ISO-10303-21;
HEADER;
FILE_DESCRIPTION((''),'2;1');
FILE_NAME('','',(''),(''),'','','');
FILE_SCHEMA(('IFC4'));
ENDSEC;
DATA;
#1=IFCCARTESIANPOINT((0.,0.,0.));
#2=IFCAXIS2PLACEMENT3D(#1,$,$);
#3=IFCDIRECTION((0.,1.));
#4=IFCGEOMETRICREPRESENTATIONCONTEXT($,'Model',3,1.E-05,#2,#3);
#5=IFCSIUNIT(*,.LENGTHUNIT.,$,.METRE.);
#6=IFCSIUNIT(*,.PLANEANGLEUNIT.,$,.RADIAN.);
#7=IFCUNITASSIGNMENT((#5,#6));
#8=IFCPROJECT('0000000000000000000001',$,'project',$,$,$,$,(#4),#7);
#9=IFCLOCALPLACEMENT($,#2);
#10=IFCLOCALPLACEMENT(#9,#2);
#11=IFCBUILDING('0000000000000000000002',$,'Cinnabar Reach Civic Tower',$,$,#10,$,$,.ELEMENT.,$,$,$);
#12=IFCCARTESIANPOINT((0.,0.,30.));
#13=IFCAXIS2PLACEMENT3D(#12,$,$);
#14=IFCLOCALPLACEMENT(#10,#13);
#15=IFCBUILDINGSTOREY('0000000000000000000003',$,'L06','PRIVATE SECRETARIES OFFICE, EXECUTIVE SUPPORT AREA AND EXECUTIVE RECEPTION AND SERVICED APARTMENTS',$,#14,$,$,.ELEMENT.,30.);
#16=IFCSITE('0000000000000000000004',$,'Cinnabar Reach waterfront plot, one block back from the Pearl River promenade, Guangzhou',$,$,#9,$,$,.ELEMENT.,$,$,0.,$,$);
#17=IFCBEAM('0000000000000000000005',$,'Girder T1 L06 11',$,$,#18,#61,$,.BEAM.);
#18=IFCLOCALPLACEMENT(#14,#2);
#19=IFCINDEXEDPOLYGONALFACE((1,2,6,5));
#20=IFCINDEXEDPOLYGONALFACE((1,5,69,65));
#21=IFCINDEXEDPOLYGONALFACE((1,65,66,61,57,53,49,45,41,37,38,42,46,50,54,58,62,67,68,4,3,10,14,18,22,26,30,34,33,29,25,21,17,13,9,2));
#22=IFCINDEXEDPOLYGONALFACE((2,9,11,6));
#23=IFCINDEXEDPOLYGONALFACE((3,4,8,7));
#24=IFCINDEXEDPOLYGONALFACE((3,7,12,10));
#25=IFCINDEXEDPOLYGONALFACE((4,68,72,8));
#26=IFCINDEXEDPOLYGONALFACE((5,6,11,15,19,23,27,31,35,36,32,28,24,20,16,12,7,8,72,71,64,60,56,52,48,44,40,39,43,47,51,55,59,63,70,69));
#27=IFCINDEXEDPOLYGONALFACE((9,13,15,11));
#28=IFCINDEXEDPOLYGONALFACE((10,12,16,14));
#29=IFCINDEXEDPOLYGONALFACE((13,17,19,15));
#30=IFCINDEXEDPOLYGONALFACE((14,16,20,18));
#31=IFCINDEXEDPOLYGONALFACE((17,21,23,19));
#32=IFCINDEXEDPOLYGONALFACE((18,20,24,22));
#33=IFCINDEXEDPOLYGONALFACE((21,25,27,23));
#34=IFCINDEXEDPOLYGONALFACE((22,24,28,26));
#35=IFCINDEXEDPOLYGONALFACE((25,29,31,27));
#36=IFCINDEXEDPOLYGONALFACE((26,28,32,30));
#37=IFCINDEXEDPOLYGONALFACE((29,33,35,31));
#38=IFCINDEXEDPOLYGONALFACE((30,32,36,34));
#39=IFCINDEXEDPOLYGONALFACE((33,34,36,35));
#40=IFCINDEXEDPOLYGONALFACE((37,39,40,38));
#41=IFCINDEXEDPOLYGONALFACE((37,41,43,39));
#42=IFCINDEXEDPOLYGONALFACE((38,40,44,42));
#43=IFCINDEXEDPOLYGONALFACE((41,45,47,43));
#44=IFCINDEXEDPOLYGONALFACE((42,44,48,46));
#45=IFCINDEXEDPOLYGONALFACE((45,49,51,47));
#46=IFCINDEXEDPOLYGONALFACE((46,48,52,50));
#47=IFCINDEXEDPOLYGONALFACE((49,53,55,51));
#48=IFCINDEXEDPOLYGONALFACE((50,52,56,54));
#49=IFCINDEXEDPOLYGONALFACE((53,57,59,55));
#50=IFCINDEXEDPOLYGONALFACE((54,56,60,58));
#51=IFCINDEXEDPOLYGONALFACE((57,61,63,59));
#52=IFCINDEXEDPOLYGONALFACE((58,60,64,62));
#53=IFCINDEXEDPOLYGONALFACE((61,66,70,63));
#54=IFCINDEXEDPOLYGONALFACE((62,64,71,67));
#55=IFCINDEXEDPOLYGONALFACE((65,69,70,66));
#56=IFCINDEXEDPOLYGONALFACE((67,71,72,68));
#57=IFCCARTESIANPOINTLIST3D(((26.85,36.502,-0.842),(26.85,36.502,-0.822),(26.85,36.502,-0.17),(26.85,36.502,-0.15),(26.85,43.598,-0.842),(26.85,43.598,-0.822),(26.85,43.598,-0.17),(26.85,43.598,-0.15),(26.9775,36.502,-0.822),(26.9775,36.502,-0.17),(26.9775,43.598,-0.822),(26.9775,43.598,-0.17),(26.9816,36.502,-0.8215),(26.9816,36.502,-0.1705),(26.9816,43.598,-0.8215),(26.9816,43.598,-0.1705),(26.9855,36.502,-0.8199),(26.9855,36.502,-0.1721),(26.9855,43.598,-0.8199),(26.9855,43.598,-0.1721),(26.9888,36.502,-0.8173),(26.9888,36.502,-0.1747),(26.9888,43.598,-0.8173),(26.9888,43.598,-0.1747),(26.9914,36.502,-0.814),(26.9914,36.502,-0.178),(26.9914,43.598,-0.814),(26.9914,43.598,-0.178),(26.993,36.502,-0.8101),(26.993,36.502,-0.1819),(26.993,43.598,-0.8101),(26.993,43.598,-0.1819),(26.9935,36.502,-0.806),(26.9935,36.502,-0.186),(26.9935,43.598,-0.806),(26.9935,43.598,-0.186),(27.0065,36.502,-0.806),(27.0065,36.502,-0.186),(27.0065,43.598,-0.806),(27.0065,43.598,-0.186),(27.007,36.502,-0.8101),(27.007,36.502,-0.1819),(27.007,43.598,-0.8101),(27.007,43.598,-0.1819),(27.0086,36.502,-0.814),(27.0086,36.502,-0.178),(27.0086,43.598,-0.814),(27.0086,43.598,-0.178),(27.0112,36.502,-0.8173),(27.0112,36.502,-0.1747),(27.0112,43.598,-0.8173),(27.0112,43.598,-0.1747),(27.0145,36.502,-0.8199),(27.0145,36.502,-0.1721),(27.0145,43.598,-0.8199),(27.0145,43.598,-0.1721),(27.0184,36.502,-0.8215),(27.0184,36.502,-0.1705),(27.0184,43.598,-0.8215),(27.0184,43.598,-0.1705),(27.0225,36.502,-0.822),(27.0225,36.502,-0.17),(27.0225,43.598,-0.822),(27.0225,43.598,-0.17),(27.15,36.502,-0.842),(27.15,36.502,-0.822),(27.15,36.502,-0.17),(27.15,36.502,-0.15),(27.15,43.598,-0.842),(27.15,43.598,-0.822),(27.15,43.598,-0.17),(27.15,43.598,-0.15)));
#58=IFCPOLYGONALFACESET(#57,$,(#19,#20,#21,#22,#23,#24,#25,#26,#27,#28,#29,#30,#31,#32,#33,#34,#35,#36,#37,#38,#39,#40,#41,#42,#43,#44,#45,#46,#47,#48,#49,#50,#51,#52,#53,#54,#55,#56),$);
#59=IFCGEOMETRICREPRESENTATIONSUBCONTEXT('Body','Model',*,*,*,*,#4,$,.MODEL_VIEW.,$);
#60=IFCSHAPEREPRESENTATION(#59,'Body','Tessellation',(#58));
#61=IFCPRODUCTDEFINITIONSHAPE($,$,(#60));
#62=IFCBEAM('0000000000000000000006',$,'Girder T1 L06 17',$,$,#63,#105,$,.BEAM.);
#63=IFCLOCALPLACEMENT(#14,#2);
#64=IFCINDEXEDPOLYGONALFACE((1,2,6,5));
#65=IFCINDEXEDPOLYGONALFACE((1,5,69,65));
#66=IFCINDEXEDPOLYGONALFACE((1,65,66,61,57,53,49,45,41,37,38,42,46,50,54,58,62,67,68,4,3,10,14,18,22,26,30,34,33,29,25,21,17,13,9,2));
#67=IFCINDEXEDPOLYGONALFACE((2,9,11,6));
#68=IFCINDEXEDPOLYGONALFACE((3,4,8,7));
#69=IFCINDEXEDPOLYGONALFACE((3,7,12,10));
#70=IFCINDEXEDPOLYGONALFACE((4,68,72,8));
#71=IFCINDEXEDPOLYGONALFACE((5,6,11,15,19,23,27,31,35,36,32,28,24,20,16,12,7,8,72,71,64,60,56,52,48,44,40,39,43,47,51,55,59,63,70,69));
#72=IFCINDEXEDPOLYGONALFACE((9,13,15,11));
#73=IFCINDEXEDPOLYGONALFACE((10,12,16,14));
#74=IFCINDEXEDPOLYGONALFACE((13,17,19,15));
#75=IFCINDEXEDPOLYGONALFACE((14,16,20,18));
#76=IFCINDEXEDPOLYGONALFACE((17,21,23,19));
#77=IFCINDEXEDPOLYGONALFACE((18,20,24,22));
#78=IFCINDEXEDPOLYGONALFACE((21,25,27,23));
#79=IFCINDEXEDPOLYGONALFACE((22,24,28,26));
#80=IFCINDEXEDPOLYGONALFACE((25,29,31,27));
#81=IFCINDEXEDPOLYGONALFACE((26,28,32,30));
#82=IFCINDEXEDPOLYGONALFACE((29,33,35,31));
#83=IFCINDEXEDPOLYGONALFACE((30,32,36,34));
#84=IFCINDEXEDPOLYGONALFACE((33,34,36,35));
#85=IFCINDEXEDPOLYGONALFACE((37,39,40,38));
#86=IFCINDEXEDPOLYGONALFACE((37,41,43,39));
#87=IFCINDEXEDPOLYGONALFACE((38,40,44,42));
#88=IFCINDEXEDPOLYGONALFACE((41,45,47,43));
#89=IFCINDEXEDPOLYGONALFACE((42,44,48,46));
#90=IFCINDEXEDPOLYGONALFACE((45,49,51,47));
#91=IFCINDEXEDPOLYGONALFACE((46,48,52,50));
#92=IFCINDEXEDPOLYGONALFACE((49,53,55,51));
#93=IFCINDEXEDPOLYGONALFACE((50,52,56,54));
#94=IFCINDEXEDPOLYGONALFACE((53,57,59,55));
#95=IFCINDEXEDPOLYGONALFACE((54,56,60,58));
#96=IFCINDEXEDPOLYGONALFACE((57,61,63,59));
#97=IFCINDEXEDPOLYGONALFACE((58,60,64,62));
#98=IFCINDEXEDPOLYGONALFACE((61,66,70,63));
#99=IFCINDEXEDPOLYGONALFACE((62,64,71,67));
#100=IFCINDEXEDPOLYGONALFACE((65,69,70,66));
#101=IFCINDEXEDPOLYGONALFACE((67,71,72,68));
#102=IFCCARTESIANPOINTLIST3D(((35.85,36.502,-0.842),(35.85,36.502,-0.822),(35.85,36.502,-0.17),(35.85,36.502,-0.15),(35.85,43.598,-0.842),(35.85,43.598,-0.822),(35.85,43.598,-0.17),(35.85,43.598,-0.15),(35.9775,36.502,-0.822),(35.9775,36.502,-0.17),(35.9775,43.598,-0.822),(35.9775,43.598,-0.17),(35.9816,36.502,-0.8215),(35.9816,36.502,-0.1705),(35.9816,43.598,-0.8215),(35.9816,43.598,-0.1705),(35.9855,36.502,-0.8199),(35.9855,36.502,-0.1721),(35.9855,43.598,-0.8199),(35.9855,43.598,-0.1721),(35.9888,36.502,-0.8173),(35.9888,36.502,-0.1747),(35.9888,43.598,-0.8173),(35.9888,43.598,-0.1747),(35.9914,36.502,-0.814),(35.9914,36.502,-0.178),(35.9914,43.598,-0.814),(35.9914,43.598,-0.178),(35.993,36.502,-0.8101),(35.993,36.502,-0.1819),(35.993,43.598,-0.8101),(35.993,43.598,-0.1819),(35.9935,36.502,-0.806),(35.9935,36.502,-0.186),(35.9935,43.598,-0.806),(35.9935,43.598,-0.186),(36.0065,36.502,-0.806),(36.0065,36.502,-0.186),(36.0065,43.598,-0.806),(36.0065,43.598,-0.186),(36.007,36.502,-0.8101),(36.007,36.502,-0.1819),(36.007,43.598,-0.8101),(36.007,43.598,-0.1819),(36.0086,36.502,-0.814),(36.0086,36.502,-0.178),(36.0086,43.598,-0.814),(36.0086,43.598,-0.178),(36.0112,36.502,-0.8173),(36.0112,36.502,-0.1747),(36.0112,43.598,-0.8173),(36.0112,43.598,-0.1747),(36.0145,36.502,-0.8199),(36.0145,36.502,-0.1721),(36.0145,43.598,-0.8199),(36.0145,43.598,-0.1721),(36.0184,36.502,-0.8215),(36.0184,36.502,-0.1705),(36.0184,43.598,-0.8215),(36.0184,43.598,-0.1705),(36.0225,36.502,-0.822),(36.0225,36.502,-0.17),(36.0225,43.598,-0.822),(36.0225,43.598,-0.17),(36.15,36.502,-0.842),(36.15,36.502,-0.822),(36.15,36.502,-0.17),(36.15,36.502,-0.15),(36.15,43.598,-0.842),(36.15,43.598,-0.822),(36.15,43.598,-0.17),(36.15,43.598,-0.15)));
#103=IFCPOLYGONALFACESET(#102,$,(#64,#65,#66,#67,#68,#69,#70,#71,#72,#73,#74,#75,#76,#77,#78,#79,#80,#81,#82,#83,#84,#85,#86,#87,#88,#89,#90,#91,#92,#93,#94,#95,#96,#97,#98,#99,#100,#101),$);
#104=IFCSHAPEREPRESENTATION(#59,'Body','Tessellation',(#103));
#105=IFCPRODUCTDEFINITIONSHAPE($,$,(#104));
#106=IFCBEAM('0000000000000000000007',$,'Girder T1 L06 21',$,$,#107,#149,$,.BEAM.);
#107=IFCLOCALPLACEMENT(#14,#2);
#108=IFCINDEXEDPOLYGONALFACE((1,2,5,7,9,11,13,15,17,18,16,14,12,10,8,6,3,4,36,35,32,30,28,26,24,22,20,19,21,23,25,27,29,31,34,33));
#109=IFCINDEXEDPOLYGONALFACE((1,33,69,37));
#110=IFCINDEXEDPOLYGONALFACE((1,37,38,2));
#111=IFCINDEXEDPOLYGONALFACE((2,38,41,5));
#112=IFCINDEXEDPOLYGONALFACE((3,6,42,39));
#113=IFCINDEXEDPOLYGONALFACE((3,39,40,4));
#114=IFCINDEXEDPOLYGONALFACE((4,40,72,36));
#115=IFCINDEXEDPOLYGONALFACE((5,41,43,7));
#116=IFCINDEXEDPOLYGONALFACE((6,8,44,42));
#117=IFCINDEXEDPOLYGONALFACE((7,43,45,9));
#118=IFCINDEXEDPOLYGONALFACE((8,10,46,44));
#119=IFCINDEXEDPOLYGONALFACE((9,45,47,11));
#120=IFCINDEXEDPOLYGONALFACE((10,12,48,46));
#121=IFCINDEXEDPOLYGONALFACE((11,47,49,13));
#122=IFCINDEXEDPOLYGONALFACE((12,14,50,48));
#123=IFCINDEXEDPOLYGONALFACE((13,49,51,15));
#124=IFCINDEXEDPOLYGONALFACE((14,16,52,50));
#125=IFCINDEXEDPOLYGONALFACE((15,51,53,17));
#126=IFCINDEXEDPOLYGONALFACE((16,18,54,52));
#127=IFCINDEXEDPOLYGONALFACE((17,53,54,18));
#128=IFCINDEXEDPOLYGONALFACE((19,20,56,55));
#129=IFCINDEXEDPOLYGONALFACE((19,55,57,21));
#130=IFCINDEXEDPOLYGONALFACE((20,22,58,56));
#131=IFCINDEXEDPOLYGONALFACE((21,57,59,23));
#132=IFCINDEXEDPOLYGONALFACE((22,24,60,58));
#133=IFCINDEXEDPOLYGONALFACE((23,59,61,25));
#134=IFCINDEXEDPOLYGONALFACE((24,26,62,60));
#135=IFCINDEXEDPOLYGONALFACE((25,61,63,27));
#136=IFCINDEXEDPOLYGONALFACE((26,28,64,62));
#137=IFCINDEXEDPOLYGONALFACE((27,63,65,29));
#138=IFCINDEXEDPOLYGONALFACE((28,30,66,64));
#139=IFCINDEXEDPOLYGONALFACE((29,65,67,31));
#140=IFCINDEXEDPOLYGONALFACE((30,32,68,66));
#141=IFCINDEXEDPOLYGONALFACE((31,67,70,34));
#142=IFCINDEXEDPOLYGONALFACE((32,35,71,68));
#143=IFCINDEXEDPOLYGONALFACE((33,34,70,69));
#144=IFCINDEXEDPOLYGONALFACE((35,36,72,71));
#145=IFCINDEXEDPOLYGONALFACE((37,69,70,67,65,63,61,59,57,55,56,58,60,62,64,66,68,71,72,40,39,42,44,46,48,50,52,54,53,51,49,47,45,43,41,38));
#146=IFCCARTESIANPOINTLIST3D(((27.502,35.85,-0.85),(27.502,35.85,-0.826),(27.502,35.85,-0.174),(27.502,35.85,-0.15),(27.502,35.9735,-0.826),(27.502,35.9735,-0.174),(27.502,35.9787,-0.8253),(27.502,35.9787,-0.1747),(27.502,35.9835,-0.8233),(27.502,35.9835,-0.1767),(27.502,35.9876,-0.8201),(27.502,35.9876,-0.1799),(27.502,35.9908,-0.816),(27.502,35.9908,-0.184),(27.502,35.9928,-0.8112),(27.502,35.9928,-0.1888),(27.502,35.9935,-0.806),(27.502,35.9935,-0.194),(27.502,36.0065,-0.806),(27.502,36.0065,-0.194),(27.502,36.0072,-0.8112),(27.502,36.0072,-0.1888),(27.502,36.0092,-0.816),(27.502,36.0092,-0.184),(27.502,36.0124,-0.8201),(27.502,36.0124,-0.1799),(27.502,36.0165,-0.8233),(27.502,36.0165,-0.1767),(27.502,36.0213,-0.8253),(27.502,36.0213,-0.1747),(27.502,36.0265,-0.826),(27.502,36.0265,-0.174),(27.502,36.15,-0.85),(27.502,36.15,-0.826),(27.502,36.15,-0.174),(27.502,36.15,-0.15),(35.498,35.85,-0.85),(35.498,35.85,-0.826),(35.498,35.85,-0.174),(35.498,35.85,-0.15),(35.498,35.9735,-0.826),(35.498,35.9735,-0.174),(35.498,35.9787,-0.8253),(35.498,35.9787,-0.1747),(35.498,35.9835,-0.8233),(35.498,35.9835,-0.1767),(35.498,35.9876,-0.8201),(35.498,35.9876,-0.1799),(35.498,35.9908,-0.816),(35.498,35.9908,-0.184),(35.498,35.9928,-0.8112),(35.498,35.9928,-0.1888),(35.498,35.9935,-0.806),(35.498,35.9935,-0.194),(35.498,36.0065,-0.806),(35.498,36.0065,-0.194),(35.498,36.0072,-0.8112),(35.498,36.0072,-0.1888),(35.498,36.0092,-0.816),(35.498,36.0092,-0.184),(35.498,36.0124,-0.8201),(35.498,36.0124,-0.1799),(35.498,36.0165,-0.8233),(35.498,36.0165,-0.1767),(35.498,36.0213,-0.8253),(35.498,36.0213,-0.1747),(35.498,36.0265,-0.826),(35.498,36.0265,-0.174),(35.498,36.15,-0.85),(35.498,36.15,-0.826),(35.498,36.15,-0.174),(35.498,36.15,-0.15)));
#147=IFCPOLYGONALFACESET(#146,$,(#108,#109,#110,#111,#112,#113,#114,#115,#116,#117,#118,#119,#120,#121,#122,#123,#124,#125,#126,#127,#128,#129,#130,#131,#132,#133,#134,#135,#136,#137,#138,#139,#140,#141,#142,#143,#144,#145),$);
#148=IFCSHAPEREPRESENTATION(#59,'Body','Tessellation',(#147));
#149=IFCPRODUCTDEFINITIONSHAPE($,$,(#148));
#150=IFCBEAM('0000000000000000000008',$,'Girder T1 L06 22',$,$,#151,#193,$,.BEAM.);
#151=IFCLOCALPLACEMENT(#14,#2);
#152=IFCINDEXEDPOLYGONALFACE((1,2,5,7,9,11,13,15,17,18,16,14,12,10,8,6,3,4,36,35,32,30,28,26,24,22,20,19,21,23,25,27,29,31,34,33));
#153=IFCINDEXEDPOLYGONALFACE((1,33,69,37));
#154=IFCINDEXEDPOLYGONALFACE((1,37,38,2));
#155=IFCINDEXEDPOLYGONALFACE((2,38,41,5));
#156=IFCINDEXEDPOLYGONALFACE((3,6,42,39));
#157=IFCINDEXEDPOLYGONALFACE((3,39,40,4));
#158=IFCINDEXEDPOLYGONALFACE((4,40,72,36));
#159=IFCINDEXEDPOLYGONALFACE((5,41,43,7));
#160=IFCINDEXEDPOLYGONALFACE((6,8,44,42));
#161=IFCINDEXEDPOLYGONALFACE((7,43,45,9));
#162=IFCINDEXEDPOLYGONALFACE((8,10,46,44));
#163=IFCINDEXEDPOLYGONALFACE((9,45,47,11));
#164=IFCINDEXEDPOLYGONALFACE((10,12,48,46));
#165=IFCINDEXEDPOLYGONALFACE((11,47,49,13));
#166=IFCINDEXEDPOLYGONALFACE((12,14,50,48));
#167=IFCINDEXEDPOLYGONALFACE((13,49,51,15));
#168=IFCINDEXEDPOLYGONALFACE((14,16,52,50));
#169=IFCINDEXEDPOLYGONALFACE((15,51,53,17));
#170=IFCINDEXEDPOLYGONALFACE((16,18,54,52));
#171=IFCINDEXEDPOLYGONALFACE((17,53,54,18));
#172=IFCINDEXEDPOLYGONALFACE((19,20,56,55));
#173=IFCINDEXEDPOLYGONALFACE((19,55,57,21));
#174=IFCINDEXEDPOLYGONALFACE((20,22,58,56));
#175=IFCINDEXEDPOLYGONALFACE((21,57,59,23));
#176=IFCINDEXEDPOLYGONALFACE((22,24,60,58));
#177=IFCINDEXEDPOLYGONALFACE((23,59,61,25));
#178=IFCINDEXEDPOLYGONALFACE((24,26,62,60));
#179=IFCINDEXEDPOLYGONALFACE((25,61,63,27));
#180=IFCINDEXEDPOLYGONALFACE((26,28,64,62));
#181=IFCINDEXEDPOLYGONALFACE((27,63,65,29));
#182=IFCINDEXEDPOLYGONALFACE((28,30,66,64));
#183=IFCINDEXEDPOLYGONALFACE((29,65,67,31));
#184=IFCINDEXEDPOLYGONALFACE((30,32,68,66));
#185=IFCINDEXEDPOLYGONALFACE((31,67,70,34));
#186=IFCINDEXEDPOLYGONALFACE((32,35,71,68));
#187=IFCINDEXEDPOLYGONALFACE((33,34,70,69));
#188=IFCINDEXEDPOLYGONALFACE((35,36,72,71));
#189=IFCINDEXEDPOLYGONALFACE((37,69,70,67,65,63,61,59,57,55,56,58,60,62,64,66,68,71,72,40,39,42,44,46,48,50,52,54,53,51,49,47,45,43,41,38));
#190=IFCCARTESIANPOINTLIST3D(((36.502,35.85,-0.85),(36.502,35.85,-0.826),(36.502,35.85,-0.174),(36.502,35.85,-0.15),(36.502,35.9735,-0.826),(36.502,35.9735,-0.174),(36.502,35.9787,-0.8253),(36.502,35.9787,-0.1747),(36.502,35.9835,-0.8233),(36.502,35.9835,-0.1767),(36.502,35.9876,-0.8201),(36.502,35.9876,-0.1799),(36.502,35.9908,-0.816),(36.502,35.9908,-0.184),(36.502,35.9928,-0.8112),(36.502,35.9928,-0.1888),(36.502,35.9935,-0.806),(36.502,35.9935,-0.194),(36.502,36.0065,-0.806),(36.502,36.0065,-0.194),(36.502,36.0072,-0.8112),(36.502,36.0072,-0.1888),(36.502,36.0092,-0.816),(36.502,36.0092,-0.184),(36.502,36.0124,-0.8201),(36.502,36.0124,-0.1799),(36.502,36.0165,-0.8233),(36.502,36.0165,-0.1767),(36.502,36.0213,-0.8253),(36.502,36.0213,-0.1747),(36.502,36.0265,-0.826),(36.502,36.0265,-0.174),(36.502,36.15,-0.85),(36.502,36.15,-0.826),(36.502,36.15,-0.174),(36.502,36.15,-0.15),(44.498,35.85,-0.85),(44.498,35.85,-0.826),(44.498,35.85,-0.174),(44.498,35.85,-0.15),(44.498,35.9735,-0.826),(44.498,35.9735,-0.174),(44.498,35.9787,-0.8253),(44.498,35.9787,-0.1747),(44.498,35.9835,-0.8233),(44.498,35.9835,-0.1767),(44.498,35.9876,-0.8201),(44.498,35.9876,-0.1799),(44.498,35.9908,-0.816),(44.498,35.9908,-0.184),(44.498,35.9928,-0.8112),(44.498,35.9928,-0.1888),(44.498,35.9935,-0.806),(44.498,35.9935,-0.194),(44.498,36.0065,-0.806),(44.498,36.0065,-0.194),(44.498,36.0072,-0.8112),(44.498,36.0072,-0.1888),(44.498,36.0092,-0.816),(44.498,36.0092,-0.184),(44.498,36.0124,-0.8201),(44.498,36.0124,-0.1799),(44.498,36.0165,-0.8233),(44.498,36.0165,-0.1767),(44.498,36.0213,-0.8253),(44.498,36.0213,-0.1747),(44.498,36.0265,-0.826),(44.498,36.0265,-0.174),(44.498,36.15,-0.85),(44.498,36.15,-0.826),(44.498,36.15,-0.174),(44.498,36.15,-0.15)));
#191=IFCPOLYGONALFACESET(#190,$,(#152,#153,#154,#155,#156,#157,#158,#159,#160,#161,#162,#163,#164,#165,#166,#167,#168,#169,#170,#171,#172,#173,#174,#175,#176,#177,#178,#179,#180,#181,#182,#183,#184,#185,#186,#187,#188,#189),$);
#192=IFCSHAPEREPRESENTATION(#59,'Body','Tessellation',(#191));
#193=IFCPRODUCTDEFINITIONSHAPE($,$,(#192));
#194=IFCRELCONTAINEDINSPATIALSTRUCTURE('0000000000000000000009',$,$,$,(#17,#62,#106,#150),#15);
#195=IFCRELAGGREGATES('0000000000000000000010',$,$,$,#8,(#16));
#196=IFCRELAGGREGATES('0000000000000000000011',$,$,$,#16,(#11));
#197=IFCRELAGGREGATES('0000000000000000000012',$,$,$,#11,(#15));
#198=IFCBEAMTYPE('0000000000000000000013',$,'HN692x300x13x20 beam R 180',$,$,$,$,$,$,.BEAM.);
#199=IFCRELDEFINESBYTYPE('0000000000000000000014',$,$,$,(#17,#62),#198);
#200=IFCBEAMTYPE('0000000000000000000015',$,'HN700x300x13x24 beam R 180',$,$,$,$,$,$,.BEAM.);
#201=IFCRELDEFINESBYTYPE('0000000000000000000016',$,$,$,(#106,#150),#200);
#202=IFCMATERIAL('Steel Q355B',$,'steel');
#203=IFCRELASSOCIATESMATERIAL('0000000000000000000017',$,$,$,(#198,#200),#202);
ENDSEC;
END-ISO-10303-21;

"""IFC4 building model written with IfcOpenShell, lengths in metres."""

from ifc_helpers import new_model, si_unit, direction, frame, origin, origin_2d, place, context, subcontext, project, spatial, i_section, extrude, material, material_profile, profile_set, type_object, element, save


model = new_model("IFC4")

# Units and contexts
model_context = context("Model", 3, precision=1e-05, world=origin(), true_north=direction((0.0, 1.0)))
body_context = subcontext(model_context, "Body", "Model", "MODEL_VIEW")
ifc_project = project(units=[si_unit("LENGTHUNIT", "METRE"), si_unit("PLANEANGLEUNIT", "RADIAN")], contexts=[model_context])

# Site, building, storey
site_placement = place(None, origin())
site = spatial("IfcSite", under=ifc_project, at=site_placement, Name="Cinnabar Reach waterfront plot, one block back from the Pearl River promenade, Guangzhou", CompositionType="ELEMENT", RefElevation=0.0)
building_placement = place(site_placement, origin())
building = spatial("IfcBuilding", under=site, at=building_placement, Name="Cinnabar Reach Civic Tower", CompositionType="ELEMENT")
storey_placement = place(building_placement, frame((0.0, 0.0, 30.0)))
storey = spatial("IfcBuildingStorey", under=building, at=storey_placement, Name="L06", Description="PRIVATE SECRETARIES OFFICE, EXECUTIVE SUPPORT AREA AND EXECUTIVE RECEPTION AND SERVICED APARTMENTS", CompositionType="ELEMENT", Elevation=30.0)

# Beams
ifc_material_1 = material(Name="Steel Q355B", Category="steel")
ifc_material_profile_1 = material_profile(ifc_material_1, i_section(OverallWidth=0.3, OverallDepth=0.692, WebThickness=0.013, FlangeThickness=0.02, FilletRadius=0.016, at=origin_2d()), Name="HN692x300x13x20")
ifc_profile_set_1 = profile_set([ifc_material_profile_1], Name="Steel Q355B")
beam_type_1 = type_object("IfcBeamType", Name="HN692x300x13x20 beam R 180", PredefinedType="BEAM", material=ifc_profile_set_1)
for number, where, z_axis, x_axis, name in (
    (1, (27.0, 36.502, -0.496), (0.0, 1.0, 0.0), (-1.0, 0.0, 0.0), "Girder T1 L06 11"),
    (2, (36.0, 36.502, -0.496), (0.0, 1.0, 0.0), (-1.0, 0.0, 0.0), "Girder T1 L06 17"),
):
    element("IfcBeam", number, at=place(storey_placement, frame(where, z_axis=z_axis, x_axis=x_axis)), inside=storey, type_object=beam_type_1, Name=name, PredefinedType="BEAM", context=body_context, shape_type="SweptSolid", body=[
        extrude(i_section(OverallWidth=0.3, OverallDepth=0.692, WebThickness=0.013, FlangeThickness=0.02, FilletRadius=0.016, at=origin_2d()), origin(), (0.0, 0.0, 1.0), 7.096),
    ])
ifc_material_profile_2 = material_profile(ifc_material_1, i_section(OverallWidth=0.3, OverallDepth=0.7, WebThickness=0.013, FlangeThickness=0.024, FilletRadius=0.02, at=origin_2d()), Name="HN700x300x13x24")
ifc_profile_set_2 = profile_set([ifc_material_profile_2], Name="Steel Q355B")
beam_type_2 = type_object("IfcBeamType", Name="HN700x300x13x24 beam R 180", PredefinedType="BEAM", material=ifc_profile_set_2)
for number, where, z_axis, x_axis, name in (
    (3, (27.502, 36.0, -0.5), (1.0, 0.0, 0.0), (0.0, 1.0, 0.0), "Girder T1 L06 21"),
    (4, (36.502, 36.0, -0.5), (1.0, 0.0, 0.0), (0.0, 1.0, 0.0), "Girder T1 L06 22"),
):
    element("IfcBeam", number, at=place(storey_placement, frame(where, z_axis=z_axis, x_axis=x_axis)), inside=storey, type_object=beam_type_2, Name=name, PredefinedType="BEAM", context=body_context, shape_type="SweptSolid", body=[
        extrude(i_section(OverallWidth=0.3, OverallDepth=0.7, WebThickness=0.013, FlangeThickness=0.024, FilletRadius=0.02, at=origin_2d()), origin(), (0.0, 0.0, 1.0), 7.996),
    ])

save(model, "model.ifc")
